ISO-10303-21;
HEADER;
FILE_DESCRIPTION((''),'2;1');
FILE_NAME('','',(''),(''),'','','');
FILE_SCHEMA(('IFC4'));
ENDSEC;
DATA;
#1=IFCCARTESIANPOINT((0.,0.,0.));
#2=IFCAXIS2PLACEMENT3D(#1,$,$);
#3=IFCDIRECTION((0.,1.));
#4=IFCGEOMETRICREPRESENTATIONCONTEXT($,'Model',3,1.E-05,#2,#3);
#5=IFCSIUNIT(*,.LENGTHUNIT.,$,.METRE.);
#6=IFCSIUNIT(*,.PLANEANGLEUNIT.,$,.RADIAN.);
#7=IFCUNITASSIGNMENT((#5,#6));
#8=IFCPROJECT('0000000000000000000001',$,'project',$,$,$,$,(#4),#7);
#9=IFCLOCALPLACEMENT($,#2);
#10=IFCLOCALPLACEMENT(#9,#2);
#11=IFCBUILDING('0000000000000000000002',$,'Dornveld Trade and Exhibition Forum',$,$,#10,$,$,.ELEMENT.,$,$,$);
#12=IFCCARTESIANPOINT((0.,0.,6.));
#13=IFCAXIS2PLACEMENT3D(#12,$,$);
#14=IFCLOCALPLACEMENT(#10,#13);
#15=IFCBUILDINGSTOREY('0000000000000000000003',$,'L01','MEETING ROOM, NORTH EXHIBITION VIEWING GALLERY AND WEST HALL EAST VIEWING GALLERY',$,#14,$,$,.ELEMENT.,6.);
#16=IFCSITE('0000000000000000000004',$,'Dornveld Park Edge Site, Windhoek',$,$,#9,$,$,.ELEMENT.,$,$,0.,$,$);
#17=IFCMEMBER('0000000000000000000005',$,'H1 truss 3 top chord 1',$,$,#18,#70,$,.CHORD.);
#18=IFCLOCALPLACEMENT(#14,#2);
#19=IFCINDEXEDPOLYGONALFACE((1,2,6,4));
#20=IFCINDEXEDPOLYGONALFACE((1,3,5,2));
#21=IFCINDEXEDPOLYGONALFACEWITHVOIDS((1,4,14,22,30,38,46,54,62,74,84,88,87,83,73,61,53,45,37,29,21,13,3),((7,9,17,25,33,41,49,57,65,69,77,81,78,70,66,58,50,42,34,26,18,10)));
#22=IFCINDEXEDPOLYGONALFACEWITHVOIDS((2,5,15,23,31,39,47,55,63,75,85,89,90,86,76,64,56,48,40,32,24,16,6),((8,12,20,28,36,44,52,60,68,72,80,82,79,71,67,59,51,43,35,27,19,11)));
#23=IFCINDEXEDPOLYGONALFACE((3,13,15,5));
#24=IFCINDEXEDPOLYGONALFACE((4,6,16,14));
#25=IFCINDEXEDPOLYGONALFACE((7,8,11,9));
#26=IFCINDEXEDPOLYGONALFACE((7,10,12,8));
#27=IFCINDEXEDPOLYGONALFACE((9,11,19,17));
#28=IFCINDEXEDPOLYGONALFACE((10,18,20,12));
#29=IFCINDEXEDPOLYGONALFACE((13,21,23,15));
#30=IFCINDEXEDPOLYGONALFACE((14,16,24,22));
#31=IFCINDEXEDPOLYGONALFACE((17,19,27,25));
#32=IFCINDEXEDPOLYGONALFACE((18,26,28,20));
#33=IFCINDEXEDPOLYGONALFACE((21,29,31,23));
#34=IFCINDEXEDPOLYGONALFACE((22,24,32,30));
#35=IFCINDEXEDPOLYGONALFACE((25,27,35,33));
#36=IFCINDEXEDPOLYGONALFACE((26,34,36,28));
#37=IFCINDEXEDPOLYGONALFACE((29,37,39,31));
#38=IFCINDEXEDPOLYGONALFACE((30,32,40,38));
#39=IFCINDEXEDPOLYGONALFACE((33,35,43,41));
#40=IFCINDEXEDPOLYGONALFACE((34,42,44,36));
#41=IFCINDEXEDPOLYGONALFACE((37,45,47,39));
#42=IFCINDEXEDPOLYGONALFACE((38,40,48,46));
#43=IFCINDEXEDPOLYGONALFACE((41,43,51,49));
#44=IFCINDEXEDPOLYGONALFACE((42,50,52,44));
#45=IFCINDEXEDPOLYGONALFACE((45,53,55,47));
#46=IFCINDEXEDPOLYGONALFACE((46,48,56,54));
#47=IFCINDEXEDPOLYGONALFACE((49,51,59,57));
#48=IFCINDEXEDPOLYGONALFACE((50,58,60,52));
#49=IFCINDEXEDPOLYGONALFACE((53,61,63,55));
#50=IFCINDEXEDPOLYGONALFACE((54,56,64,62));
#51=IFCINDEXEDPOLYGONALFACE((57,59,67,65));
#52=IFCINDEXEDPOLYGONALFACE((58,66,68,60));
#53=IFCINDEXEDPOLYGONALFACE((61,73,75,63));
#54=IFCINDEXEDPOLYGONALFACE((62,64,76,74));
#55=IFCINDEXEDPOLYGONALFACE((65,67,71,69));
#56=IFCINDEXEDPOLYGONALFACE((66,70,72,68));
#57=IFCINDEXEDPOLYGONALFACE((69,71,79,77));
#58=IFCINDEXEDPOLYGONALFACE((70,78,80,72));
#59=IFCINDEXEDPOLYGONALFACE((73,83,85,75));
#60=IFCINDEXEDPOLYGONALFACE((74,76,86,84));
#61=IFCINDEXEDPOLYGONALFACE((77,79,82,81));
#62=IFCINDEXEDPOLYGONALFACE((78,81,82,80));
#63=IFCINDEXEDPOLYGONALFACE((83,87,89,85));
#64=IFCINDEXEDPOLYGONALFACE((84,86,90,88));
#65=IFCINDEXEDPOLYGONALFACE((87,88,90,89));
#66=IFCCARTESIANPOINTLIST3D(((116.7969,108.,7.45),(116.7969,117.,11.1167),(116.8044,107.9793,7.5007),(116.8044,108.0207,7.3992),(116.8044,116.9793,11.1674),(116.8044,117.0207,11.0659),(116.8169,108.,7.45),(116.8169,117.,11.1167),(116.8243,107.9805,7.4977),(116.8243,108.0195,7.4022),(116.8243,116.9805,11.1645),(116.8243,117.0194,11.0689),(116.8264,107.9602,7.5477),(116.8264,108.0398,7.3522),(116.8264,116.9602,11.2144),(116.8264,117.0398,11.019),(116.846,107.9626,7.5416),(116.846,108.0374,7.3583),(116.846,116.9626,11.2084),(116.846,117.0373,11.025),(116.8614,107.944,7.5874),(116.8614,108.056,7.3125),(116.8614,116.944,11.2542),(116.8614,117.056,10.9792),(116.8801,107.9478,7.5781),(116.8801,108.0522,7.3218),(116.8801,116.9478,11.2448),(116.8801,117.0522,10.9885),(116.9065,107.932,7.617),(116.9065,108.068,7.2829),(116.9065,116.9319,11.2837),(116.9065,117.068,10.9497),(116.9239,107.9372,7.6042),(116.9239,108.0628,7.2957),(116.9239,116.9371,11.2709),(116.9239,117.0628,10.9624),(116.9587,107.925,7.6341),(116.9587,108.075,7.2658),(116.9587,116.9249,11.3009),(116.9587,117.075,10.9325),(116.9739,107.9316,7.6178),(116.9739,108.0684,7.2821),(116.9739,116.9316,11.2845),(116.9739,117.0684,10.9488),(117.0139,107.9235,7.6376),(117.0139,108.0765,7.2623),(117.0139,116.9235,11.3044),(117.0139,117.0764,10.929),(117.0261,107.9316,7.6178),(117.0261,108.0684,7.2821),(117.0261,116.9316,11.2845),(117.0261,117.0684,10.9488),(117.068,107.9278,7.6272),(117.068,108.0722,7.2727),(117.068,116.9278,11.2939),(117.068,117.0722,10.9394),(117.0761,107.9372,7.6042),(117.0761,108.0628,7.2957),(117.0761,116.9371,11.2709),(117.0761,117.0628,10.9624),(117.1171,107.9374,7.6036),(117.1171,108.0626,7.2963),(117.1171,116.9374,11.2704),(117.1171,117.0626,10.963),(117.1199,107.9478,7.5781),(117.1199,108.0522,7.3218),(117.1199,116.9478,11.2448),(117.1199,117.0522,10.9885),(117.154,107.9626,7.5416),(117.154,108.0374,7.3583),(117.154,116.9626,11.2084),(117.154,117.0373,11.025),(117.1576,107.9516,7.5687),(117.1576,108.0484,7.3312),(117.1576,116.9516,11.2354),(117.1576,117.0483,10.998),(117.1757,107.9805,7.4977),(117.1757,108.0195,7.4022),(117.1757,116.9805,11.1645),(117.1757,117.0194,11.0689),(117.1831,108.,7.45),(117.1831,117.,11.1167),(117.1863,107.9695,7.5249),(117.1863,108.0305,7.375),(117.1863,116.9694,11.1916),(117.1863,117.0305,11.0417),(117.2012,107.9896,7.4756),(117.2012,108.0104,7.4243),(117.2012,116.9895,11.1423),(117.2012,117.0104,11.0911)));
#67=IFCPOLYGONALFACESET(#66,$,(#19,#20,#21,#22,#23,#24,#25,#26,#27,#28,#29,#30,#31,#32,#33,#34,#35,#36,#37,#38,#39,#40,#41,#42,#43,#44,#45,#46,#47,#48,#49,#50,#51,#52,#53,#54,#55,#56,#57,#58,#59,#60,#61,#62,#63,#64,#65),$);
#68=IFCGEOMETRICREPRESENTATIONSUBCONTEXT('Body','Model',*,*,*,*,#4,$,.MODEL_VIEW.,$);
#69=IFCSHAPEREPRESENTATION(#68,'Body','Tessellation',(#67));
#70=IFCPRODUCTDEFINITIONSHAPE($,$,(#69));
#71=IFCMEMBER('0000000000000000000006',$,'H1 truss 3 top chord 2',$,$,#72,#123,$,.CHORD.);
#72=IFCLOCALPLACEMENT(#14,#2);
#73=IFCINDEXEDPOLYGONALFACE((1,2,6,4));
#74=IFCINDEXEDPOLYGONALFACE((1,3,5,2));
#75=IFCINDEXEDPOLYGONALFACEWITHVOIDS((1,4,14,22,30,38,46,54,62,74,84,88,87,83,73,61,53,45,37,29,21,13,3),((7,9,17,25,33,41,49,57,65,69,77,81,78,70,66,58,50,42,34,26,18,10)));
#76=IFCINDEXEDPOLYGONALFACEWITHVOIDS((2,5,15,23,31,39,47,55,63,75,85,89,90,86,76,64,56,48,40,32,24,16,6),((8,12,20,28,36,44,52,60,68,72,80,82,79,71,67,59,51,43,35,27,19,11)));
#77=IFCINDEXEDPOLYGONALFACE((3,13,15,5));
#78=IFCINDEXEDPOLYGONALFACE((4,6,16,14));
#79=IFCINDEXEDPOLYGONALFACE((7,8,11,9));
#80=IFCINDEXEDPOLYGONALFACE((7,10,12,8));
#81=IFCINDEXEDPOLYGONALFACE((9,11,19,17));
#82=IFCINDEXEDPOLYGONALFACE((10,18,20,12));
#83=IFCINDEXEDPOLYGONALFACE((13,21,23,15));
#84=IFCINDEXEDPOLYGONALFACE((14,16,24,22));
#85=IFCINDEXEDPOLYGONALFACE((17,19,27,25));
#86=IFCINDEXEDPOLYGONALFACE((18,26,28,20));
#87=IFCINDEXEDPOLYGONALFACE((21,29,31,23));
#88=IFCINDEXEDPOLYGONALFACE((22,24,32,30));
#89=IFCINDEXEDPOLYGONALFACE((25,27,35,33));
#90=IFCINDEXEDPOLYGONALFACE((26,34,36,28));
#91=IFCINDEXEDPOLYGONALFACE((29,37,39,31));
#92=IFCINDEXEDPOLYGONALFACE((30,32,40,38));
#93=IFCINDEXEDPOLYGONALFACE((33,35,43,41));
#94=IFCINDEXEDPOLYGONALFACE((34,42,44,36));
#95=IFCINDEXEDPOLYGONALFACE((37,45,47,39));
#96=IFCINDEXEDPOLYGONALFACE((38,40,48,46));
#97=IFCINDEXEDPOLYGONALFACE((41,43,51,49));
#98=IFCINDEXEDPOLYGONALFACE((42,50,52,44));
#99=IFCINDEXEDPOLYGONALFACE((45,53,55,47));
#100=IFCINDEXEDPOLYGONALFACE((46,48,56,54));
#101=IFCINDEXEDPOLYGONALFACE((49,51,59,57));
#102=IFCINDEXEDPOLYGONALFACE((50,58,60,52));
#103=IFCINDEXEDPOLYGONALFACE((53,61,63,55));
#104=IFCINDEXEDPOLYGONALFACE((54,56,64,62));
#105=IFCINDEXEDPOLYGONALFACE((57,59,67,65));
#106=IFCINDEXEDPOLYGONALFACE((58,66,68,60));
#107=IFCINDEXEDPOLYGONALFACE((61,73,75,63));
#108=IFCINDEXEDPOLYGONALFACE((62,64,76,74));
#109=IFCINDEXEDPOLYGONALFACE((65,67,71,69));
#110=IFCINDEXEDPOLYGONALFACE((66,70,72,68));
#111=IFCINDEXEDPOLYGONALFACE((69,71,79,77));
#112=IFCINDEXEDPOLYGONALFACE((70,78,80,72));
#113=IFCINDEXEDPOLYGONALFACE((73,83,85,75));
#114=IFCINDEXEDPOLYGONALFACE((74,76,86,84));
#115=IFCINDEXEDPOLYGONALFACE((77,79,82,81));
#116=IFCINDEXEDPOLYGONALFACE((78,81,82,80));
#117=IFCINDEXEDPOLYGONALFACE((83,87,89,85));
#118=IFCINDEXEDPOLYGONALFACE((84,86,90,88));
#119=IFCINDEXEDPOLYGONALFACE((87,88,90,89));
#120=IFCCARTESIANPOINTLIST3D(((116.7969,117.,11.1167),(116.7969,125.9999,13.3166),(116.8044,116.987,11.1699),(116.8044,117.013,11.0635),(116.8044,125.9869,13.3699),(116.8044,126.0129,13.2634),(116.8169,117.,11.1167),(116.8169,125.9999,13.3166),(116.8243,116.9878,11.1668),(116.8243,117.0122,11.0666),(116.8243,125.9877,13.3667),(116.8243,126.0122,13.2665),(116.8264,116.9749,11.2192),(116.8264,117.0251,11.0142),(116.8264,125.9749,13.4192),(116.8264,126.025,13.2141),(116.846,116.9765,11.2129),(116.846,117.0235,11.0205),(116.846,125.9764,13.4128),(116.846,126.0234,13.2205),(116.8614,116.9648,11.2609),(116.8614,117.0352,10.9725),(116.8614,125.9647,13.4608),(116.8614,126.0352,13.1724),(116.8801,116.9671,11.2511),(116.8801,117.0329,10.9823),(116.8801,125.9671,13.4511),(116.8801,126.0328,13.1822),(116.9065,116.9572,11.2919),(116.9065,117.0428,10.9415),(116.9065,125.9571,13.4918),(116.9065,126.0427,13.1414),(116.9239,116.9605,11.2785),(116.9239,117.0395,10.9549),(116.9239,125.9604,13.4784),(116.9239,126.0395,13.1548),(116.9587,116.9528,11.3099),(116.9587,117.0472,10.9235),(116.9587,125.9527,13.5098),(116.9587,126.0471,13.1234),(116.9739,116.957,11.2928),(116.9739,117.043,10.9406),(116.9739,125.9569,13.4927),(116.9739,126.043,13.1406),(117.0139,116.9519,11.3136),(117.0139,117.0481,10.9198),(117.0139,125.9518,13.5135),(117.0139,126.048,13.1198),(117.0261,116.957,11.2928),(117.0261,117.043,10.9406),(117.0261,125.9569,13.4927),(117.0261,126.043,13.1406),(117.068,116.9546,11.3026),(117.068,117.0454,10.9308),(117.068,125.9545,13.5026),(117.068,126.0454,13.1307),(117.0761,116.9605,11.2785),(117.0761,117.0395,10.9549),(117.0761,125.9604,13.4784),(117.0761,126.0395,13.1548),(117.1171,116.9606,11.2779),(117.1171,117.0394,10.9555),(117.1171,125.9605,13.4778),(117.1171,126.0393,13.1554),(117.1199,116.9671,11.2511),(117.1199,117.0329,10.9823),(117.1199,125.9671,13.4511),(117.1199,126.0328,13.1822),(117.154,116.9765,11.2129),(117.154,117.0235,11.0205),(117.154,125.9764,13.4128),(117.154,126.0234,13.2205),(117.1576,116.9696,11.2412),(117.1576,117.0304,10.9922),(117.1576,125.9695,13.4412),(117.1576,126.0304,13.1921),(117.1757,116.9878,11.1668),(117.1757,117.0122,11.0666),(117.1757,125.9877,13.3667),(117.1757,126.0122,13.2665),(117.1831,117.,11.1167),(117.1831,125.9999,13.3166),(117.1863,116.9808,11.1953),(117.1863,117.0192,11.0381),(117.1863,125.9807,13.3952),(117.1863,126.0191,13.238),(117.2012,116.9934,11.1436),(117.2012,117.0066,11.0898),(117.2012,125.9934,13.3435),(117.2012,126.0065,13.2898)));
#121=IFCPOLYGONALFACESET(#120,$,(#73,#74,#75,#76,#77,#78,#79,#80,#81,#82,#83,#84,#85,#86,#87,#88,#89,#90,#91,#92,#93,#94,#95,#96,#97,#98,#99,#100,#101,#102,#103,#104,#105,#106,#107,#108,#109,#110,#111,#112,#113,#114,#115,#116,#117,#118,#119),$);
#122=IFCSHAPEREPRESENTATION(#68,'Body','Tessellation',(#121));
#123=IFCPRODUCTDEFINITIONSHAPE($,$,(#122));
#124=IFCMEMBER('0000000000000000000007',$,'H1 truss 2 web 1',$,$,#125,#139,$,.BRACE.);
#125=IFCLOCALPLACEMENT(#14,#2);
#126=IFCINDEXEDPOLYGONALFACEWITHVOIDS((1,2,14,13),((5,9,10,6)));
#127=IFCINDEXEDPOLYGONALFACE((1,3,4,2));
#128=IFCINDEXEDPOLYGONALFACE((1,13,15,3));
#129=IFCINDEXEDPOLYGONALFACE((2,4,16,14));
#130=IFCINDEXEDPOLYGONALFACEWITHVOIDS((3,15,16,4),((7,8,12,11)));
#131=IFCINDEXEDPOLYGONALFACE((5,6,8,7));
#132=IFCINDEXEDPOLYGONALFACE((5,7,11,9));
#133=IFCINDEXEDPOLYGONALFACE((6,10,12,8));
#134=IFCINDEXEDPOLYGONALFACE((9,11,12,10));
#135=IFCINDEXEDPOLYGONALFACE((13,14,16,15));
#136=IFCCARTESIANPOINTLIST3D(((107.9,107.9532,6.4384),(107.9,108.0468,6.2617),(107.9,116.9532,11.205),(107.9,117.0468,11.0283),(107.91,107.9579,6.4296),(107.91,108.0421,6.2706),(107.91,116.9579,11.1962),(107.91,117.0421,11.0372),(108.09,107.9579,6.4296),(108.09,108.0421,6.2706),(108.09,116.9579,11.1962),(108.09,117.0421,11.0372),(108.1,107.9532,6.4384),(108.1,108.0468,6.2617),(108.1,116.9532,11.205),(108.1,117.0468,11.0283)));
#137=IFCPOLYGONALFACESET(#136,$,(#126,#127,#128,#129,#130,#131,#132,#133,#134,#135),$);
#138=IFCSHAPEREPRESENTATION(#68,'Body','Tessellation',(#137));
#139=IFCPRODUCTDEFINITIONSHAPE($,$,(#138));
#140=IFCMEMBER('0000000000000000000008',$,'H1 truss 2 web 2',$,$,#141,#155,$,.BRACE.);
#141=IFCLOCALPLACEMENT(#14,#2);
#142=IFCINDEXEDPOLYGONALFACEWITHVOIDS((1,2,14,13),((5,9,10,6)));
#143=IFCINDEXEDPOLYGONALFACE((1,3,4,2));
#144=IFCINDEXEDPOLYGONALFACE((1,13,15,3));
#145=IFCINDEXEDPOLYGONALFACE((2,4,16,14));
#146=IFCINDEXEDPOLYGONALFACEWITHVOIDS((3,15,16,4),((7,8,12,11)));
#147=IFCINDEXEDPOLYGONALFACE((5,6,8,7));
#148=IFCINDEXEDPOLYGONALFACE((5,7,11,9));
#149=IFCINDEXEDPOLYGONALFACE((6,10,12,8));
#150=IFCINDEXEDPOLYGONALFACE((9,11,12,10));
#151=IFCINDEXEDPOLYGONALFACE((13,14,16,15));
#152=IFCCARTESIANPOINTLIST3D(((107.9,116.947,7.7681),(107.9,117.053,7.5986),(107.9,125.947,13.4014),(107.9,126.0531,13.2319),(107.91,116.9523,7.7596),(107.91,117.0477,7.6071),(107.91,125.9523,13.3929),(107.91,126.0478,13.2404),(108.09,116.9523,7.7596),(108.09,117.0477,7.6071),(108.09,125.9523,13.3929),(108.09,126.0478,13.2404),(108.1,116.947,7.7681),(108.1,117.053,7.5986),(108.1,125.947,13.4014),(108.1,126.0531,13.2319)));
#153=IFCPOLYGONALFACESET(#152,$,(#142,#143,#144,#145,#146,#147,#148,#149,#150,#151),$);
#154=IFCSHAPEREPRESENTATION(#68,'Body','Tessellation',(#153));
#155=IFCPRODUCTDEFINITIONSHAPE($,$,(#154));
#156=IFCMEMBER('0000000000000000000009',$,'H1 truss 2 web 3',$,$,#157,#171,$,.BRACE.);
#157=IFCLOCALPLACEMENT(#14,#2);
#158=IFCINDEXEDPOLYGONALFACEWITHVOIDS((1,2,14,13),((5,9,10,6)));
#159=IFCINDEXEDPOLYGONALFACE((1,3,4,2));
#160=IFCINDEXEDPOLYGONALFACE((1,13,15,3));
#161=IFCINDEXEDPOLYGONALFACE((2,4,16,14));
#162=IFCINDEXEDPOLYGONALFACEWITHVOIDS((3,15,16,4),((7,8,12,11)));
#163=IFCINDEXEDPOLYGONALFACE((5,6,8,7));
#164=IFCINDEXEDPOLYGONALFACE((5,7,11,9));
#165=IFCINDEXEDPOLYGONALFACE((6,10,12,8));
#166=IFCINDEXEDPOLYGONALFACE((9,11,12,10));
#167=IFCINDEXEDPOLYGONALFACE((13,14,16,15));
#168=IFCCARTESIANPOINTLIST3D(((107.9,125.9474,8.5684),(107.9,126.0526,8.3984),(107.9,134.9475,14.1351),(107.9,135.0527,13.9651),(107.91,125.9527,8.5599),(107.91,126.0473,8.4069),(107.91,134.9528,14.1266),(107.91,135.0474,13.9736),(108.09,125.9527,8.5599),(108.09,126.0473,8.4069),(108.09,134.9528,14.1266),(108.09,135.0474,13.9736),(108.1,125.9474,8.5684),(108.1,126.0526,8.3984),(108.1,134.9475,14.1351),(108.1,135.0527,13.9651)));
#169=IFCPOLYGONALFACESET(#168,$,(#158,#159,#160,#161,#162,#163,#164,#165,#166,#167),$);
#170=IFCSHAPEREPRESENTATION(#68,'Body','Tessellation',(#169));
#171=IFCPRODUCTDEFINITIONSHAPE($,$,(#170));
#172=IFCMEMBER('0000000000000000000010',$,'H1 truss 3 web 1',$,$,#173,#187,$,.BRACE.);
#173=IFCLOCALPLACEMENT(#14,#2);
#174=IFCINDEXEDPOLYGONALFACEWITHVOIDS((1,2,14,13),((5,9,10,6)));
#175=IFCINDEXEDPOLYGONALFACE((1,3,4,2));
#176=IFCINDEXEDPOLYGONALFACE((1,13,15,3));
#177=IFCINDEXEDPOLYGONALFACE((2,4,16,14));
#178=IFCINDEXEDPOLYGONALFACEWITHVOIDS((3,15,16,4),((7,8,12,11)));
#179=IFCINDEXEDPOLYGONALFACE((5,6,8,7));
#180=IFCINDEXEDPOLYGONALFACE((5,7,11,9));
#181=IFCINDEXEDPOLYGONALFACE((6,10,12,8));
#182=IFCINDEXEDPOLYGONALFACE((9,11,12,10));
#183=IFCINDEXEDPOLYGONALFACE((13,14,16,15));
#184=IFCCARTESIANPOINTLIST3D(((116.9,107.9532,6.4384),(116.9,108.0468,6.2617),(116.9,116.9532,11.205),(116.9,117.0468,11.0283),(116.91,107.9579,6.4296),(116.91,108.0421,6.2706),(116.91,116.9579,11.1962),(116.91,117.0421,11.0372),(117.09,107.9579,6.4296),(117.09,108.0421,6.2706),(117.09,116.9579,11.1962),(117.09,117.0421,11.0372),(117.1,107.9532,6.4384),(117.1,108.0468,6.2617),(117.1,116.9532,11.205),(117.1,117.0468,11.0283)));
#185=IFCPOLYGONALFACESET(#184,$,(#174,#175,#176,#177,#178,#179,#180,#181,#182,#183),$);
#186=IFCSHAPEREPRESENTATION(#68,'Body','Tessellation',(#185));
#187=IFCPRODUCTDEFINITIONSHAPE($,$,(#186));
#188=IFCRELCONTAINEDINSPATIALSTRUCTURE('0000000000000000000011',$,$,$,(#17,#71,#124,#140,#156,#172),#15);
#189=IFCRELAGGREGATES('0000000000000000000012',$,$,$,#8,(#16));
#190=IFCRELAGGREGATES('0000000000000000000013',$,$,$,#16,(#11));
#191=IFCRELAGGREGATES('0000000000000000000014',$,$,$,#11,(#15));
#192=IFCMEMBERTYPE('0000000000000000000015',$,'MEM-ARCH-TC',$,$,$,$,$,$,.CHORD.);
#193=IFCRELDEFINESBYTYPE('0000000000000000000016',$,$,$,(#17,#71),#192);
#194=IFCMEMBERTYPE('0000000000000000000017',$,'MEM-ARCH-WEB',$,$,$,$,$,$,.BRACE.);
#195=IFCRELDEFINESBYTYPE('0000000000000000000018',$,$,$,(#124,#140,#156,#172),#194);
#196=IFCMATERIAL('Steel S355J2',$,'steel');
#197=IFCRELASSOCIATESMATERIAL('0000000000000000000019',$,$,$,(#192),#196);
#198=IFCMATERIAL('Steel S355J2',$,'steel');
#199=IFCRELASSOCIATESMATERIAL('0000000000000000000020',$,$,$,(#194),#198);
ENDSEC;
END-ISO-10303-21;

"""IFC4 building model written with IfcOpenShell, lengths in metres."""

from ifc_helpers import new_model, si_unit, direction, frame, origin, origin_2d, place, context, subcontext, project, spatial, hollow_rectangle, hollow_circle, extrude, material, material_profile, profile_set, type_object, element, save


model = new_model("IFC4")

# Units and contexts
model_context = context("Model", 3, precision=1e-05, world=origin(), true_north=direction((0.0, 1.0)))
body_context = subcontext(model_context, "Body", "Model", "MODEL_VIEW")
ifc_project = project(units=[si_unit("LENGTHUNIT", "METRE"), si_unit("PLANEANGLEUNIT", "RADIAN")], contexts=[model_context])

# Site, building, storey
site_placement = place(None, origin())
site = spatial("IfcSite", under=ifc_project, at=site_placement, Name="Dornveld Park Edge Site, Windhoek", CompositionType="ELEMENT", RefElevation=0.0)
building_placement = place(site_placement, origin())
building = spatial("IfcBuilding", under=site, at=building_placement, Name="Dornveld Trade and Exhibition Forum", CompositionType="ELEMENT")
storey_placement = place(building_placement, frame((0.0, 0.0, 6.0)))
storey = spatial("IfcBuildingStorey", under=building, at=storey_placement, Name="L01", Description="MEETING ROOM, NORTH EXHIBITION VIEWING GALLERY AND WEST HALL EAST VIEWING GALLERY", CompositionType="ELEMENT", Elevation=6.0)

# Members
ifc_material_1 = material(Name="Steel S355J2", Category="steel")
ifc_material_profile_1 = material_profile(ifc_material_1, hollow_circle(Radius=0.2031, WallThickness=0.02, at=origin_2d()), Name="CHS 406.4x20")
ifc_profile_set_1 = profile_set([ifc_material_profile_1], Name="Steel S355J2")
member_type_1 = type_object("IfcMemberType", Name="MEM-ARCH-TC", PredefinedType="CHORD", material=ifc_profile_set_1)
member_1_placement = place(storey_placement, frame((117.0, 108.0, 7.45), z_axis=(0.0, 0.926089, 0.377304), x_axis=(-1.0, 0.0, 0.0)))
element("IfcMember", 1, at=member_1_placement, inside=storey, type_object=member_type_1, Name="H1 truss 3 top chord 1", PredefinedType="CHORD", context=body_context, shape_type="SweptSolid", body=[
    extrude(hollow_circle(Radius=0.2031, WallThickness=0.02, at=origin_2d()), origin(), (0.0, 0.0, 1.0), 9.7183),
])
member_2_placement = place(storey_placement, frame((117.0, 117.0, 11.1167), z_axis=(0.0, 0.9714, 0.237448), x_axis=(-1.0, 0.0, 0.0)))
element("IfcMember", 2, at=member_2_placement, inside=storey, type_object=member_type_1, Name="H1 truss 3 top chord 2", PredefinedType="CHORD", context=body_context, shape_type="SweptSolid", body=[
    extrude(hollow_circle(Radius=0.2031, WallThickness=0.02, at=origin_2d()), origin(), (0.0, 0.0, 1.0), 9.2649),
])
ifc_material_2 = material(Name="Steel S355J2", Category="steel")
ifc_material_profile_2 = material_profile(ifc_material_2, hollow_rectangle(XDim=0.2, YDim=0.2, WallThickness=0.01, at=origin_2d()), Name="SHS 200x200x10")
ifc_profile_set_2 = profile_set([ifc_material_profile_2], Name="Steel S355J2")
member_type_2 = type_object("IfcMemberType", Name="MEM-ARCH-WEB", PredefinedType="BRACE", material=ifc_profile_set_2)
member_3_placement = place(storey_placement, frame((108.0, 108.0, 6.3501), z_axis=(0.0, 0.883711, 0.468033), x_axis=(-1.0, 0.0, 0.0)))
element("IfcMember", 3, at=member_3_placement, inside=storey, type_object=member_type_2, Name="H1 truss 2 web 1", PredefinedType="BRACE", context=body_context, shape_type="SweptSolid", body=[
    extrude(hollow_rectangle(XDim=0.2, YDim=0.2, WallThickness=0.01, at=origin_2d()), origin(), (0.0, 0.0, 1.0), 10.1843),
])
member_4_placement = place(storey_placement, frame((108.0, 117.0, 7.6833), z_axis=(0.0, 0.847647, 0.530561), x_axis=(-1.0, 0.0, 0.0)))
element("IfcMember", 4, at=member_4_placement, inside=storey, type_object=member_type_2, Name="H1 truss 2 web 2", PredefinedType="BRACE", context=body_context, shape_type="SweptSolid", body=[
    extrude(hollow_rectangle(XDim=0.2, YDim=0.2, WallThickness=0.01, at=origin_2d()), origin(), (0.0, 0.0, 1.0), 10.6177),
])
member_5_placement = place(storey_placement, frame((108.0, 126.0, 8.4834), z_axis=(0.0, 0.850467, 0.526028), x_axis=(-1.0, 0.0, 0.0)))
element("IfcMember", 5, at=member_5_placement, inside=storey, type_object=member_type_2, Name="H1 truss 2 web 3", PredefinedType="BRACE", context=body_context, shape_type="SweptSolid", body=[
    extrude(hollow_rectangle(XDim=0.2, YDim=0.2, WallThickness=0.01, at=origin_2d()), origin(), (0.0, 0.0, 1.0), 10.5825),
])
member_6_placement = place(storey_placement, frame((117.0, 108.0, 6.3501), z_axis=(0.0, 0.883711, 0.468033), x_axis=(-1.0, 0.0, 0.0)))
element("IfcMember", 6, at=member_6_placement, inside=storey, type_object=member_type_2, Name="H1 truss 3 web 1", PredefinedType="BRACE", context=body_context, shape_type="SweptSolid", body=[
    extrude(hollow_rectangle(XDim=0.2, YDim=0.2, WallThickness=0.01, at=origin_2d()), origin(), (0.0, 0.0, 1.0), 10.1843),
])

save(model, "model.ifc")
